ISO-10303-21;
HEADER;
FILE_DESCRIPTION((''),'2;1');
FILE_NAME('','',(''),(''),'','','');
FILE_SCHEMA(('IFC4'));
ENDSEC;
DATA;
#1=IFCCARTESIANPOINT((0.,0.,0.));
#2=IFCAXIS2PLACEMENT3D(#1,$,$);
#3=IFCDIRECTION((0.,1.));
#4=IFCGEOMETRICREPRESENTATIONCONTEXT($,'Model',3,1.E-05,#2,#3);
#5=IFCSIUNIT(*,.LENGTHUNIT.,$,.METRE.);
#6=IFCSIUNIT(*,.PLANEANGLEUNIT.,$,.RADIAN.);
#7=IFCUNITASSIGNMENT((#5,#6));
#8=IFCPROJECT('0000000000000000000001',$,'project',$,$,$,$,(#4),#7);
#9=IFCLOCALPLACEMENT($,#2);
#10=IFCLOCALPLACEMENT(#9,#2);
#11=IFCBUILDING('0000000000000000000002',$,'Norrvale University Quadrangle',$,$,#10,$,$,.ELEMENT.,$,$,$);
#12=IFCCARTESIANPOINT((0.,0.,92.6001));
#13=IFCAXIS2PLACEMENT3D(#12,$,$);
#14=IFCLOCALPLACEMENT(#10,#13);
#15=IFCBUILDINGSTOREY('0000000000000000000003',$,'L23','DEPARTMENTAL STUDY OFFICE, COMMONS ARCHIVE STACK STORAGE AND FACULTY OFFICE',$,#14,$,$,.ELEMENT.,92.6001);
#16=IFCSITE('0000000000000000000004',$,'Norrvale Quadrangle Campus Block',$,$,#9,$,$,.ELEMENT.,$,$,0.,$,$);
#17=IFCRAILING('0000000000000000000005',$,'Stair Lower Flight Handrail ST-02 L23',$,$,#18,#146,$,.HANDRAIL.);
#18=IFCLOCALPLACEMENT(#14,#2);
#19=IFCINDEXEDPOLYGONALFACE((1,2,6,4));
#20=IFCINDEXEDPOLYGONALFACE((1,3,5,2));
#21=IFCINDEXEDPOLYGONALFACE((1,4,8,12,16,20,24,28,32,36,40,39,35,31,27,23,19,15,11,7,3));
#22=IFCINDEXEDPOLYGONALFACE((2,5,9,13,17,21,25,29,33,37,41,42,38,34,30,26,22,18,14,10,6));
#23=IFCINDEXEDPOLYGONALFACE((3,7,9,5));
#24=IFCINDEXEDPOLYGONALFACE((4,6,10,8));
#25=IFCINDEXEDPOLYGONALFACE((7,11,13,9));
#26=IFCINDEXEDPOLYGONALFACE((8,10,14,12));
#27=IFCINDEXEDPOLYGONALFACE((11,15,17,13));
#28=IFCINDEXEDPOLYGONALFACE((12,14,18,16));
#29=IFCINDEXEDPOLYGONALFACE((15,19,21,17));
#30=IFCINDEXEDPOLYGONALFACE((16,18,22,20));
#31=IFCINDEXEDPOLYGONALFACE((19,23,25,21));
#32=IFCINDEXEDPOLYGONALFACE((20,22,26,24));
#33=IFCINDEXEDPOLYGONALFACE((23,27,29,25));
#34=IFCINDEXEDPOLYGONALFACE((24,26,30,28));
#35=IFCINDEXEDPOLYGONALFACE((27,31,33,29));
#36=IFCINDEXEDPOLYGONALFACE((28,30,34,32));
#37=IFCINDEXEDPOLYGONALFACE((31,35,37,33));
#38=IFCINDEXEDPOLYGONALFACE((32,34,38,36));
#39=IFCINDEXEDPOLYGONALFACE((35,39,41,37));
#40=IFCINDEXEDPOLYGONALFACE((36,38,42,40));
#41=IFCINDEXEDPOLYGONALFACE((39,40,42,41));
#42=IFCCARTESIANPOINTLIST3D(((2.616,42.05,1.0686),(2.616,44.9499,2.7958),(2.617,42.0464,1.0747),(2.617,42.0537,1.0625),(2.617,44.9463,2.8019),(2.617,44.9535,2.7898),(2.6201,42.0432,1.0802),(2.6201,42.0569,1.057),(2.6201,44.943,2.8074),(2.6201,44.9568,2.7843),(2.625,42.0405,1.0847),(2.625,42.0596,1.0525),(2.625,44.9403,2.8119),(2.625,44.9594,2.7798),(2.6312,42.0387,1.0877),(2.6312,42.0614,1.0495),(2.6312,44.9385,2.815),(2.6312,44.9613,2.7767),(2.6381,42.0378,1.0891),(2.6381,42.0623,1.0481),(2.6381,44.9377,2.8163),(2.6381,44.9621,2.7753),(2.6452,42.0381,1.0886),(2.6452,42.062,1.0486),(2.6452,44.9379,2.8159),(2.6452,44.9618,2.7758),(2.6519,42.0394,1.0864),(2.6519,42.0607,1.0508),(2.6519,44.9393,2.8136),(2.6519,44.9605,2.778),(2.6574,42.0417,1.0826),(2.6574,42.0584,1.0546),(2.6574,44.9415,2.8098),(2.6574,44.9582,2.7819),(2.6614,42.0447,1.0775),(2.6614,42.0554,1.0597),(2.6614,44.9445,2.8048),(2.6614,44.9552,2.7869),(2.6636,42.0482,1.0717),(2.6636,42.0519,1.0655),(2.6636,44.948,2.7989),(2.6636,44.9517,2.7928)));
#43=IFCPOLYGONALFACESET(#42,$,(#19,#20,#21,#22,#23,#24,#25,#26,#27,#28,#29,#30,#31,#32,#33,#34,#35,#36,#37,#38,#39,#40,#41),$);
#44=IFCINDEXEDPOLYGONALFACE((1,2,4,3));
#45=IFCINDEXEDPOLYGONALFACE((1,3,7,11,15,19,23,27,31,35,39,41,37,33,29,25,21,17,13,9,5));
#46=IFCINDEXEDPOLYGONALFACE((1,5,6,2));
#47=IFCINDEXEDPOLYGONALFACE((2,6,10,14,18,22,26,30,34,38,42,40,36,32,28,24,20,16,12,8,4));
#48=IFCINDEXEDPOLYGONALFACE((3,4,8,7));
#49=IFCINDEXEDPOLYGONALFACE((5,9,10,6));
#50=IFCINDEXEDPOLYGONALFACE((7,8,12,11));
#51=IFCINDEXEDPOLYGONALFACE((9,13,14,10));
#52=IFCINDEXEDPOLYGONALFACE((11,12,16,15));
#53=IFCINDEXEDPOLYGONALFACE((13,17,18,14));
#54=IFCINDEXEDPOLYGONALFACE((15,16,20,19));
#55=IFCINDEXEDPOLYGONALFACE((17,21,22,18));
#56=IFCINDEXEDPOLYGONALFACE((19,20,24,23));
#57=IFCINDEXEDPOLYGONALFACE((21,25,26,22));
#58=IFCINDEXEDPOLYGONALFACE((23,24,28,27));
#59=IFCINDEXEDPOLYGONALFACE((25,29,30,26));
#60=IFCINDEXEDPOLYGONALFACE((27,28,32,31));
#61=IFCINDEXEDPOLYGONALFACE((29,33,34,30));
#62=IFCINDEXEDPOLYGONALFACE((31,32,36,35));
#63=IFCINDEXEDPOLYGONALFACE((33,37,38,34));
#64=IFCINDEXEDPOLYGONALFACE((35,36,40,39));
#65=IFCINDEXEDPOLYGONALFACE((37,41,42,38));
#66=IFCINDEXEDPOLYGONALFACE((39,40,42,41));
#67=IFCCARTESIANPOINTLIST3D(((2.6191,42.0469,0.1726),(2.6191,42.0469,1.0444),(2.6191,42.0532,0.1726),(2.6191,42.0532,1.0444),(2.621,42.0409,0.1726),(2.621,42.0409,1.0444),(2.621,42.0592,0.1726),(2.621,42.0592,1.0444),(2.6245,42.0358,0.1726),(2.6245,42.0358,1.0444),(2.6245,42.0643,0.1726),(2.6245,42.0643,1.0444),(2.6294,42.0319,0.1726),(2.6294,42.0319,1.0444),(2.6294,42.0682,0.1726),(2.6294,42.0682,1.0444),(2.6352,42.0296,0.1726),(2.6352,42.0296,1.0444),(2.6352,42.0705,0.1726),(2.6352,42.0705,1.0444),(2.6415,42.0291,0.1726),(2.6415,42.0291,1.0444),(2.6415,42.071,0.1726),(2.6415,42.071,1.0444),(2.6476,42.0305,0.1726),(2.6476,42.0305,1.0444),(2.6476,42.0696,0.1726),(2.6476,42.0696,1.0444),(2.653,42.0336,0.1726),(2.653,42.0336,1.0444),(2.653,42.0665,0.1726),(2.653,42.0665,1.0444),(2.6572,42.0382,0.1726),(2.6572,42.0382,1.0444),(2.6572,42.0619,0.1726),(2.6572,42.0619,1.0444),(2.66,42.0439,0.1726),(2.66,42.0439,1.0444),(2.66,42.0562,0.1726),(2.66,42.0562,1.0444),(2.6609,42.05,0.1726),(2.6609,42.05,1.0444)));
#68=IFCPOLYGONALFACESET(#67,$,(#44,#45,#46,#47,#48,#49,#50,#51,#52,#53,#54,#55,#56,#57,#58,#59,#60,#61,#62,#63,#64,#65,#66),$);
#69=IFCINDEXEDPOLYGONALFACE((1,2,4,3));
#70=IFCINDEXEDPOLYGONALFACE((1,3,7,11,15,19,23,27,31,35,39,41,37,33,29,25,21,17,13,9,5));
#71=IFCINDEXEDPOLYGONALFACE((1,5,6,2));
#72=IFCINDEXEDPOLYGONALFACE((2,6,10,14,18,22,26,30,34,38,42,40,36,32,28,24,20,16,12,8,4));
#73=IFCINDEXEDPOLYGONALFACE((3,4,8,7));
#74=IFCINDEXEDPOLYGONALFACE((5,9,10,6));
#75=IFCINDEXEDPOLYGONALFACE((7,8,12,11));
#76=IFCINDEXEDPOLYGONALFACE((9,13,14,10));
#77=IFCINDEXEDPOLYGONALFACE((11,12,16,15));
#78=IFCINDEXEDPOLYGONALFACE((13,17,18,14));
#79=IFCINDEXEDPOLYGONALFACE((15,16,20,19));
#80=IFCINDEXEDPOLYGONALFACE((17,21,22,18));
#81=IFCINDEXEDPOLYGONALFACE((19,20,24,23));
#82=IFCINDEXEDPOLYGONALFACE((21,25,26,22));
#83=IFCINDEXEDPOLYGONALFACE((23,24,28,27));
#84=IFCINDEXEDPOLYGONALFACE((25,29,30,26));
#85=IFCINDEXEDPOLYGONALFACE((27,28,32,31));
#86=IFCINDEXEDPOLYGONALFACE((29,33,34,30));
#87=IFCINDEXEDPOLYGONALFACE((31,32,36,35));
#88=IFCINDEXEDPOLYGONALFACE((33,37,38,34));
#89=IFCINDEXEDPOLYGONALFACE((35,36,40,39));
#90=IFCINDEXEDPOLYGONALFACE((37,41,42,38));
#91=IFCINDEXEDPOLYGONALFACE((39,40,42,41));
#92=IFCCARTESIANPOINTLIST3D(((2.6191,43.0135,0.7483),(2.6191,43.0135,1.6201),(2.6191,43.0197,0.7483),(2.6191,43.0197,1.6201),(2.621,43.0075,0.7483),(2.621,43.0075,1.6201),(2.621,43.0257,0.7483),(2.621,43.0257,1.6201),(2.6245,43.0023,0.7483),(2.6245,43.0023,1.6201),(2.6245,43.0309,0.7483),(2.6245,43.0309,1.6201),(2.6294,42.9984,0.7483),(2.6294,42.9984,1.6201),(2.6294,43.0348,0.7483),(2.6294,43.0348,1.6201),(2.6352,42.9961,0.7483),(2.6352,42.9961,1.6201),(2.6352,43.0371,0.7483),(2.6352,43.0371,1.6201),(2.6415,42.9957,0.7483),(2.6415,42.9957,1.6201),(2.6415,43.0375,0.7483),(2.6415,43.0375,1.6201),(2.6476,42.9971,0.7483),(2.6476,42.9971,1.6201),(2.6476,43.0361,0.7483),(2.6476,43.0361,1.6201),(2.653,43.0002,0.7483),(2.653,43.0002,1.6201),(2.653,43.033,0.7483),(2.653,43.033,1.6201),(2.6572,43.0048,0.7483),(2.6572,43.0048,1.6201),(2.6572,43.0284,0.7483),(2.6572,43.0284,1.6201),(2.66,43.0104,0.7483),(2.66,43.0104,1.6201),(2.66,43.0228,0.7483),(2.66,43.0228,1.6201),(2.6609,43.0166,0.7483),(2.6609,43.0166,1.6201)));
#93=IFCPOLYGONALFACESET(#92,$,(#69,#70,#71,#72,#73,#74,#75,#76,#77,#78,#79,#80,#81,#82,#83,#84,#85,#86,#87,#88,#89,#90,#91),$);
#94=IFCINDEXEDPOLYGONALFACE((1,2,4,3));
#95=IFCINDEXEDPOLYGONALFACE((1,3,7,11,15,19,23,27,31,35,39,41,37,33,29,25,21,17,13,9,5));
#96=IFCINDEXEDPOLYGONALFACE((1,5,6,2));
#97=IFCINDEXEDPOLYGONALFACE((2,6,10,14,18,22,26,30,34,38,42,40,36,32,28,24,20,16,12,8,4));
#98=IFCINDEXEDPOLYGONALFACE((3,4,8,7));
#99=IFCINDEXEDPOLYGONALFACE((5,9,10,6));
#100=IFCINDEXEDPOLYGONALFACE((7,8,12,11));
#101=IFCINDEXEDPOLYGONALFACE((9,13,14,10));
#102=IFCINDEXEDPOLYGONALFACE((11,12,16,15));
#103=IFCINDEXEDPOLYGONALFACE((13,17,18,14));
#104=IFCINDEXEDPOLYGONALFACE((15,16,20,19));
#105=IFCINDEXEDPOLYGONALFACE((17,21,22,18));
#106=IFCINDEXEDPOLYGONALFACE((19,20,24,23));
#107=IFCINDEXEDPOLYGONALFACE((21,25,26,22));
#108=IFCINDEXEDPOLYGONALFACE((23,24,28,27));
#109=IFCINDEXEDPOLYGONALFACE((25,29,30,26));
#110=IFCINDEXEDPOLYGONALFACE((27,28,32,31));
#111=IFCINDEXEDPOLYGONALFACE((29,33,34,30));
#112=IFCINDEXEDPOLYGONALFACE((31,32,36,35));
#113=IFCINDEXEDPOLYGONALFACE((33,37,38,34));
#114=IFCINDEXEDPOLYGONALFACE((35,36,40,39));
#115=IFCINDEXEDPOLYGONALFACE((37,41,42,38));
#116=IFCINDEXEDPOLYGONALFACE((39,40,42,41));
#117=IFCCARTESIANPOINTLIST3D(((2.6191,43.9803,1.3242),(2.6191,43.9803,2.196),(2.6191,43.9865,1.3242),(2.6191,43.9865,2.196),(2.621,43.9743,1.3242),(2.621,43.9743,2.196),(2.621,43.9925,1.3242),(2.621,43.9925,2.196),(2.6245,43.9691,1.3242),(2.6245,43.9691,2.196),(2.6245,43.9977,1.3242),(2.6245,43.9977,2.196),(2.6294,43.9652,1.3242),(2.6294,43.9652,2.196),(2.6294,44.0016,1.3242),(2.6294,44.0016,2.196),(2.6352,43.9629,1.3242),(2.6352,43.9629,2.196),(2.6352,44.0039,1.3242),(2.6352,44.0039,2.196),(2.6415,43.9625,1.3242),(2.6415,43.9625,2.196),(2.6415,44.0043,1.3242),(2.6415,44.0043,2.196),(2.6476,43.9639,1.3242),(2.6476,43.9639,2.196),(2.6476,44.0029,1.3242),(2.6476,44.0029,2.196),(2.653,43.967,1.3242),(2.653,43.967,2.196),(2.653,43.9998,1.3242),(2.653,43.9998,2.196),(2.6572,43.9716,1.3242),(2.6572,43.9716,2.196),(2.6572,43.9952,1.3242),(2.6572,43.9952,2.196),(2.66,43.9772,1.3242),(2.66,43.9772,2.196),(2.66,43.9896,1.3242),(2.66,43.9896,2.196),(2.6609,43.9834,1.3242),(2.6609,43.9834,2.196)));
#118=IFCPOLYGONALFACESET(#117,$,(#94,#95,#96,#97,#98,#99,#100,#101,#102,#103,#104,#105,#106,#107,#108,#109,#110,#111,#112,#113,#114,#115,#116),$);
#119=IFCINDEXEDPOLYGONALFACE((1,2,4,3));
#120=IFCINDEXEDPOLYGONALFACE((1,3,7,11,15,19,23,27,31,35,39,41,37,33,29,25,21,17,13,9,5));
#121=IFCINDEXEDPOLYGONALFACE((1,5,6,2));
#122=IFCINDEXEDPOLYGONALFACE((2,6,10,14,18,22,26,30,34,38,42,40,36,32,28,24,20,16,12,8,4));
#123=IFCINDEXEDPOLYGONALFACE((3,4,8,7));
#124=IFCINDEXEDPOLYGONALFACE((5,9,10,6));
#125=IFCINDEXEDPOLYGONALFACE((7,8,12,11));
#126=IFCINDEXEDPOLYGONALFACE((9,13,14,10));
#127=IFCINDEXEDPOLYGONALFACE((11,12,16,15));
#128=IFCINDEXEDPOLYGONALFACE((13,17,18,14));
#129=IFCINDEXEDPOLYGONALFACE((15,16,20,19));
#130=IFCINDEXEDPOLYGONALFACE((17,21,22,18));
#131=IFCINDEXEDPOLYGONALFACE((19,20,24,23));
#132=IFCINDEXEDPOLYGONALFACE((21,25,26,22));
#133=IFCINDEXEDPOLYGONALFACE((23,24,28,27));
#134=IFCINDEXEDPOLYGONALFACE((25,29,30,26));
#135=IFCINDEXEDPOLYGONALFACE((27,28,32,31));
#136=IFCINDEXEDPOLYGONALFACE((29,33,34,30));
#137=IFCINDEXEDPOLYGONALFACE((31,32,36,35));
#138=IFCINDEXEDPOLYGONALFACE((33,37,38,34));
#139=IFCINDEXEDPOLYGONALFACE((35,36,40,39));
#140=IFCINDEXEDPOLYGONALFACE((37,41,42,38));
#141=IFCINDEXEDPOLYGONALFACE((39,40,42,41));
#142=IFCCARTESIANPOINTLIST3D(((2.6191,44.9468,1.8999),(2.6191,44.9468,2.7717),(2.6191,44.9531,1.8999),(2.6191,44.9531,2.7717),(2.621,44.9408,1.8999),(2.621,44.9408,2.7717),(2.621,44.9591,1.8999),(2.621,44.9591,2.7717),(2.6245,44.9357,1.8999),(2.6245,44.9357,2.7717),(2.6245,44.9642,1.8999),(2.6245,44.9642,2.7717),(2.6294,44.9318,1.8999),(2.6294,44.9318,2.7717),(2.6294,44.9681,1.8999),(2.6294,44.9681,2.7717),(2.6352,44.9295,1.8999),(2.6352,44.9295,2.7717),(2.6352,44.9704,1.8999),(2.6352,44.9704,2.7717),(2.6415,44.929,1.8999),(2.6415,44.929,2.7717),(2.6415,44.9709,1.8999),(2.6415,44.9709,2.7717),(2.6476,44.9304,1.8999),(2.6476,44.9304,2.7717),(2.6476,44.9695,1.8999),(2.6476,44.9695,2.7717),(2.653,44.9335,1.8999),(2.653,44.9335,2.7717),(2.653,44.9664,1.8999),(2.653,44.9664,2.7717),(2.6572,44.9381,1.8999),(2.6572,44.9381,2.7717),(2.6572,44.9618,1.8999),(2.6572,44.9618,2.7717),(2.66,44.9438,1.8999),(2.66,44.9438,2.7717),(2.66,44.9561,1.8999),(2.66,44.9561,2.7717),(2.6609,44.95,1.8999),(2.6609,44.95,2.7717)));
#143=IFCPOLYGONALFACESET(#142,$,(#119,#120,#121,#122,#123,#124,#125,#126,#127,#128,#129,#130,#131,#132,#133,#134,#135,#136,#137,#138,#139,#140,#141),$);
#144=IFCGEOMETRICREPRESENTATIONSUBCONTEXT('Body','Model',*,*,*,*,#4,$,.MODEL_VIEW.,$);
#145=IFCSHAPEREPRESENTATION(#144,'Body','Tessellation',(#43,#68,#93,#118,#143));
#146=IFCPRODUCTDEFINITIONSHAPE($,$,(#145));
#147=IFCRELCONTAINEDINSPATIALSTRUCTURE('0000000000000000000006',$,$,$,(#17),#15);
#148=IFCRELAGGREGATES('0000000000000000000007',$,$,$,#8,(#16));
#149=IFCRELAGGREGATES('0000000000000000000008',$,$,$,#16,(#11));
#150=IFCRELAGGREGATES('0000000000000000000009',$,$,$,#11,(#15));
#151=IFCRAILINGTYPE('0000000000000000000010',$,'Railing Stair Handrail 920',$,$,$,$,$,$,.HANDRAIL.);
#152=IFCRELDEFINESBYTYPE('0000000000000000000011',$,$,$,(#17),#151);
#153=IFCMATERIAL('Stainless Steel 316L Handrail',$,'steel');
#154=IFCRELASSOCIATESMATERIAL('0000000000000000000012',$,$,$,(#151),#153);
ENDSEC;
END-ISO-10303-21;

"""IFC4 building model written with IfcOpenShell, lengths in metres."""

from ifc_helpers import new_model, si_unit, direction, frame, origin, origin_2d, place, context, subcontext, project, spatial, circle, extrude, material, type_object, element, save


model = new_model("IFC4")

# Units and contexts
model_context = context("Model", 3, precision=1e-05, world=origin(), true_north=direction((0.0, 1.0)))
body_context = subcontext(model_context, "Body", "Model", "MODEL_VIEW")
ifc_project = project(units=[si_unit("LENGTHUNIT", "METRE"), si_unit("PLANEANGLEUNIT", "RADIAN")], contexts=[model_context])

# Site, building, storey
site_placement = place(None, origin())
site = spatial("IfcSite", under=ifc_project, at=site_placement, Name="Norrvale Quadrangle Campus Block", CompositionType="ELEMENT", RefElevation=0.0)
building_placement = place(site_placement, origin())
building = spatial("IfcBuilding", under=site, at=building_placement, Name="Norrvale University Quadrangle", CompositionType="ELEMENT")
storey_placement = place(building_placement, frame((0.0, 0.0, 92.6001)))
storey = spatial("IfcBuildingStorey", under=building, at=storey_placement, Name="L23", Description="DEPARTMENTAL STUDY OFFICE, COMMONS ARCHIVE STACK STORAGE AND FACULTY OFFICE", CompositionType="ELEMENT", Elevation=92.6001)

# Railing
ifc_material_1 = material(Name="Stainless Steel 316L Handrail", Category="steel")
railing_type_1 = type_object("IfcRailingType", Name="Railing Stair Handrail 920", PredefinedType="HANDRAIL", material=ifc_material_1)
railing_1_placement = place(storey_placement, frame((2.6399, 42.05, 0.1726)))
element("IfcRailing", 1, at=railing_1_placement, inside=storey, type_object=railing_type_1, Name="Stair Lower Flight Handrail ST-02 L23", PredefinedType="HANDRAIL", context=body_context, shape_type="SweptSolid", body=[
    extrude(circle(Radius=0.0239, at=origin_2d()), frame((0.0, 0.0, 0.896), z_axis=(0.0, 0.859141, 0.511738), x_axis=(-1.0, 0.0, 0.0)), (0.0, 0.0, 1.0), 3.3752),
    extrude(circle(Radius=0.021, at=origin_2d()), origin(), (0.0, 0.0, 1.0), 0.8718),
    extrude(circle(Radius=0.021, at=origin_2d()), frame((0.0, 0.9666, 0.5757)), (0.0, 0.0, 1.0), 0.8718),
    extrude(circle(Radius=0.021, at=origin_2d()), frame((0.0, 1.9333, 1.1516)), (0.0, 0.0, 1.0), 0.8718),
    extrude(circle(Radius=0.021, at=origin_2d()), frame((0.0, 2.8999, 1.7273)), (0.0, 0.0, 1.0), 0.8718),
])

save(model, "model.ifc")
